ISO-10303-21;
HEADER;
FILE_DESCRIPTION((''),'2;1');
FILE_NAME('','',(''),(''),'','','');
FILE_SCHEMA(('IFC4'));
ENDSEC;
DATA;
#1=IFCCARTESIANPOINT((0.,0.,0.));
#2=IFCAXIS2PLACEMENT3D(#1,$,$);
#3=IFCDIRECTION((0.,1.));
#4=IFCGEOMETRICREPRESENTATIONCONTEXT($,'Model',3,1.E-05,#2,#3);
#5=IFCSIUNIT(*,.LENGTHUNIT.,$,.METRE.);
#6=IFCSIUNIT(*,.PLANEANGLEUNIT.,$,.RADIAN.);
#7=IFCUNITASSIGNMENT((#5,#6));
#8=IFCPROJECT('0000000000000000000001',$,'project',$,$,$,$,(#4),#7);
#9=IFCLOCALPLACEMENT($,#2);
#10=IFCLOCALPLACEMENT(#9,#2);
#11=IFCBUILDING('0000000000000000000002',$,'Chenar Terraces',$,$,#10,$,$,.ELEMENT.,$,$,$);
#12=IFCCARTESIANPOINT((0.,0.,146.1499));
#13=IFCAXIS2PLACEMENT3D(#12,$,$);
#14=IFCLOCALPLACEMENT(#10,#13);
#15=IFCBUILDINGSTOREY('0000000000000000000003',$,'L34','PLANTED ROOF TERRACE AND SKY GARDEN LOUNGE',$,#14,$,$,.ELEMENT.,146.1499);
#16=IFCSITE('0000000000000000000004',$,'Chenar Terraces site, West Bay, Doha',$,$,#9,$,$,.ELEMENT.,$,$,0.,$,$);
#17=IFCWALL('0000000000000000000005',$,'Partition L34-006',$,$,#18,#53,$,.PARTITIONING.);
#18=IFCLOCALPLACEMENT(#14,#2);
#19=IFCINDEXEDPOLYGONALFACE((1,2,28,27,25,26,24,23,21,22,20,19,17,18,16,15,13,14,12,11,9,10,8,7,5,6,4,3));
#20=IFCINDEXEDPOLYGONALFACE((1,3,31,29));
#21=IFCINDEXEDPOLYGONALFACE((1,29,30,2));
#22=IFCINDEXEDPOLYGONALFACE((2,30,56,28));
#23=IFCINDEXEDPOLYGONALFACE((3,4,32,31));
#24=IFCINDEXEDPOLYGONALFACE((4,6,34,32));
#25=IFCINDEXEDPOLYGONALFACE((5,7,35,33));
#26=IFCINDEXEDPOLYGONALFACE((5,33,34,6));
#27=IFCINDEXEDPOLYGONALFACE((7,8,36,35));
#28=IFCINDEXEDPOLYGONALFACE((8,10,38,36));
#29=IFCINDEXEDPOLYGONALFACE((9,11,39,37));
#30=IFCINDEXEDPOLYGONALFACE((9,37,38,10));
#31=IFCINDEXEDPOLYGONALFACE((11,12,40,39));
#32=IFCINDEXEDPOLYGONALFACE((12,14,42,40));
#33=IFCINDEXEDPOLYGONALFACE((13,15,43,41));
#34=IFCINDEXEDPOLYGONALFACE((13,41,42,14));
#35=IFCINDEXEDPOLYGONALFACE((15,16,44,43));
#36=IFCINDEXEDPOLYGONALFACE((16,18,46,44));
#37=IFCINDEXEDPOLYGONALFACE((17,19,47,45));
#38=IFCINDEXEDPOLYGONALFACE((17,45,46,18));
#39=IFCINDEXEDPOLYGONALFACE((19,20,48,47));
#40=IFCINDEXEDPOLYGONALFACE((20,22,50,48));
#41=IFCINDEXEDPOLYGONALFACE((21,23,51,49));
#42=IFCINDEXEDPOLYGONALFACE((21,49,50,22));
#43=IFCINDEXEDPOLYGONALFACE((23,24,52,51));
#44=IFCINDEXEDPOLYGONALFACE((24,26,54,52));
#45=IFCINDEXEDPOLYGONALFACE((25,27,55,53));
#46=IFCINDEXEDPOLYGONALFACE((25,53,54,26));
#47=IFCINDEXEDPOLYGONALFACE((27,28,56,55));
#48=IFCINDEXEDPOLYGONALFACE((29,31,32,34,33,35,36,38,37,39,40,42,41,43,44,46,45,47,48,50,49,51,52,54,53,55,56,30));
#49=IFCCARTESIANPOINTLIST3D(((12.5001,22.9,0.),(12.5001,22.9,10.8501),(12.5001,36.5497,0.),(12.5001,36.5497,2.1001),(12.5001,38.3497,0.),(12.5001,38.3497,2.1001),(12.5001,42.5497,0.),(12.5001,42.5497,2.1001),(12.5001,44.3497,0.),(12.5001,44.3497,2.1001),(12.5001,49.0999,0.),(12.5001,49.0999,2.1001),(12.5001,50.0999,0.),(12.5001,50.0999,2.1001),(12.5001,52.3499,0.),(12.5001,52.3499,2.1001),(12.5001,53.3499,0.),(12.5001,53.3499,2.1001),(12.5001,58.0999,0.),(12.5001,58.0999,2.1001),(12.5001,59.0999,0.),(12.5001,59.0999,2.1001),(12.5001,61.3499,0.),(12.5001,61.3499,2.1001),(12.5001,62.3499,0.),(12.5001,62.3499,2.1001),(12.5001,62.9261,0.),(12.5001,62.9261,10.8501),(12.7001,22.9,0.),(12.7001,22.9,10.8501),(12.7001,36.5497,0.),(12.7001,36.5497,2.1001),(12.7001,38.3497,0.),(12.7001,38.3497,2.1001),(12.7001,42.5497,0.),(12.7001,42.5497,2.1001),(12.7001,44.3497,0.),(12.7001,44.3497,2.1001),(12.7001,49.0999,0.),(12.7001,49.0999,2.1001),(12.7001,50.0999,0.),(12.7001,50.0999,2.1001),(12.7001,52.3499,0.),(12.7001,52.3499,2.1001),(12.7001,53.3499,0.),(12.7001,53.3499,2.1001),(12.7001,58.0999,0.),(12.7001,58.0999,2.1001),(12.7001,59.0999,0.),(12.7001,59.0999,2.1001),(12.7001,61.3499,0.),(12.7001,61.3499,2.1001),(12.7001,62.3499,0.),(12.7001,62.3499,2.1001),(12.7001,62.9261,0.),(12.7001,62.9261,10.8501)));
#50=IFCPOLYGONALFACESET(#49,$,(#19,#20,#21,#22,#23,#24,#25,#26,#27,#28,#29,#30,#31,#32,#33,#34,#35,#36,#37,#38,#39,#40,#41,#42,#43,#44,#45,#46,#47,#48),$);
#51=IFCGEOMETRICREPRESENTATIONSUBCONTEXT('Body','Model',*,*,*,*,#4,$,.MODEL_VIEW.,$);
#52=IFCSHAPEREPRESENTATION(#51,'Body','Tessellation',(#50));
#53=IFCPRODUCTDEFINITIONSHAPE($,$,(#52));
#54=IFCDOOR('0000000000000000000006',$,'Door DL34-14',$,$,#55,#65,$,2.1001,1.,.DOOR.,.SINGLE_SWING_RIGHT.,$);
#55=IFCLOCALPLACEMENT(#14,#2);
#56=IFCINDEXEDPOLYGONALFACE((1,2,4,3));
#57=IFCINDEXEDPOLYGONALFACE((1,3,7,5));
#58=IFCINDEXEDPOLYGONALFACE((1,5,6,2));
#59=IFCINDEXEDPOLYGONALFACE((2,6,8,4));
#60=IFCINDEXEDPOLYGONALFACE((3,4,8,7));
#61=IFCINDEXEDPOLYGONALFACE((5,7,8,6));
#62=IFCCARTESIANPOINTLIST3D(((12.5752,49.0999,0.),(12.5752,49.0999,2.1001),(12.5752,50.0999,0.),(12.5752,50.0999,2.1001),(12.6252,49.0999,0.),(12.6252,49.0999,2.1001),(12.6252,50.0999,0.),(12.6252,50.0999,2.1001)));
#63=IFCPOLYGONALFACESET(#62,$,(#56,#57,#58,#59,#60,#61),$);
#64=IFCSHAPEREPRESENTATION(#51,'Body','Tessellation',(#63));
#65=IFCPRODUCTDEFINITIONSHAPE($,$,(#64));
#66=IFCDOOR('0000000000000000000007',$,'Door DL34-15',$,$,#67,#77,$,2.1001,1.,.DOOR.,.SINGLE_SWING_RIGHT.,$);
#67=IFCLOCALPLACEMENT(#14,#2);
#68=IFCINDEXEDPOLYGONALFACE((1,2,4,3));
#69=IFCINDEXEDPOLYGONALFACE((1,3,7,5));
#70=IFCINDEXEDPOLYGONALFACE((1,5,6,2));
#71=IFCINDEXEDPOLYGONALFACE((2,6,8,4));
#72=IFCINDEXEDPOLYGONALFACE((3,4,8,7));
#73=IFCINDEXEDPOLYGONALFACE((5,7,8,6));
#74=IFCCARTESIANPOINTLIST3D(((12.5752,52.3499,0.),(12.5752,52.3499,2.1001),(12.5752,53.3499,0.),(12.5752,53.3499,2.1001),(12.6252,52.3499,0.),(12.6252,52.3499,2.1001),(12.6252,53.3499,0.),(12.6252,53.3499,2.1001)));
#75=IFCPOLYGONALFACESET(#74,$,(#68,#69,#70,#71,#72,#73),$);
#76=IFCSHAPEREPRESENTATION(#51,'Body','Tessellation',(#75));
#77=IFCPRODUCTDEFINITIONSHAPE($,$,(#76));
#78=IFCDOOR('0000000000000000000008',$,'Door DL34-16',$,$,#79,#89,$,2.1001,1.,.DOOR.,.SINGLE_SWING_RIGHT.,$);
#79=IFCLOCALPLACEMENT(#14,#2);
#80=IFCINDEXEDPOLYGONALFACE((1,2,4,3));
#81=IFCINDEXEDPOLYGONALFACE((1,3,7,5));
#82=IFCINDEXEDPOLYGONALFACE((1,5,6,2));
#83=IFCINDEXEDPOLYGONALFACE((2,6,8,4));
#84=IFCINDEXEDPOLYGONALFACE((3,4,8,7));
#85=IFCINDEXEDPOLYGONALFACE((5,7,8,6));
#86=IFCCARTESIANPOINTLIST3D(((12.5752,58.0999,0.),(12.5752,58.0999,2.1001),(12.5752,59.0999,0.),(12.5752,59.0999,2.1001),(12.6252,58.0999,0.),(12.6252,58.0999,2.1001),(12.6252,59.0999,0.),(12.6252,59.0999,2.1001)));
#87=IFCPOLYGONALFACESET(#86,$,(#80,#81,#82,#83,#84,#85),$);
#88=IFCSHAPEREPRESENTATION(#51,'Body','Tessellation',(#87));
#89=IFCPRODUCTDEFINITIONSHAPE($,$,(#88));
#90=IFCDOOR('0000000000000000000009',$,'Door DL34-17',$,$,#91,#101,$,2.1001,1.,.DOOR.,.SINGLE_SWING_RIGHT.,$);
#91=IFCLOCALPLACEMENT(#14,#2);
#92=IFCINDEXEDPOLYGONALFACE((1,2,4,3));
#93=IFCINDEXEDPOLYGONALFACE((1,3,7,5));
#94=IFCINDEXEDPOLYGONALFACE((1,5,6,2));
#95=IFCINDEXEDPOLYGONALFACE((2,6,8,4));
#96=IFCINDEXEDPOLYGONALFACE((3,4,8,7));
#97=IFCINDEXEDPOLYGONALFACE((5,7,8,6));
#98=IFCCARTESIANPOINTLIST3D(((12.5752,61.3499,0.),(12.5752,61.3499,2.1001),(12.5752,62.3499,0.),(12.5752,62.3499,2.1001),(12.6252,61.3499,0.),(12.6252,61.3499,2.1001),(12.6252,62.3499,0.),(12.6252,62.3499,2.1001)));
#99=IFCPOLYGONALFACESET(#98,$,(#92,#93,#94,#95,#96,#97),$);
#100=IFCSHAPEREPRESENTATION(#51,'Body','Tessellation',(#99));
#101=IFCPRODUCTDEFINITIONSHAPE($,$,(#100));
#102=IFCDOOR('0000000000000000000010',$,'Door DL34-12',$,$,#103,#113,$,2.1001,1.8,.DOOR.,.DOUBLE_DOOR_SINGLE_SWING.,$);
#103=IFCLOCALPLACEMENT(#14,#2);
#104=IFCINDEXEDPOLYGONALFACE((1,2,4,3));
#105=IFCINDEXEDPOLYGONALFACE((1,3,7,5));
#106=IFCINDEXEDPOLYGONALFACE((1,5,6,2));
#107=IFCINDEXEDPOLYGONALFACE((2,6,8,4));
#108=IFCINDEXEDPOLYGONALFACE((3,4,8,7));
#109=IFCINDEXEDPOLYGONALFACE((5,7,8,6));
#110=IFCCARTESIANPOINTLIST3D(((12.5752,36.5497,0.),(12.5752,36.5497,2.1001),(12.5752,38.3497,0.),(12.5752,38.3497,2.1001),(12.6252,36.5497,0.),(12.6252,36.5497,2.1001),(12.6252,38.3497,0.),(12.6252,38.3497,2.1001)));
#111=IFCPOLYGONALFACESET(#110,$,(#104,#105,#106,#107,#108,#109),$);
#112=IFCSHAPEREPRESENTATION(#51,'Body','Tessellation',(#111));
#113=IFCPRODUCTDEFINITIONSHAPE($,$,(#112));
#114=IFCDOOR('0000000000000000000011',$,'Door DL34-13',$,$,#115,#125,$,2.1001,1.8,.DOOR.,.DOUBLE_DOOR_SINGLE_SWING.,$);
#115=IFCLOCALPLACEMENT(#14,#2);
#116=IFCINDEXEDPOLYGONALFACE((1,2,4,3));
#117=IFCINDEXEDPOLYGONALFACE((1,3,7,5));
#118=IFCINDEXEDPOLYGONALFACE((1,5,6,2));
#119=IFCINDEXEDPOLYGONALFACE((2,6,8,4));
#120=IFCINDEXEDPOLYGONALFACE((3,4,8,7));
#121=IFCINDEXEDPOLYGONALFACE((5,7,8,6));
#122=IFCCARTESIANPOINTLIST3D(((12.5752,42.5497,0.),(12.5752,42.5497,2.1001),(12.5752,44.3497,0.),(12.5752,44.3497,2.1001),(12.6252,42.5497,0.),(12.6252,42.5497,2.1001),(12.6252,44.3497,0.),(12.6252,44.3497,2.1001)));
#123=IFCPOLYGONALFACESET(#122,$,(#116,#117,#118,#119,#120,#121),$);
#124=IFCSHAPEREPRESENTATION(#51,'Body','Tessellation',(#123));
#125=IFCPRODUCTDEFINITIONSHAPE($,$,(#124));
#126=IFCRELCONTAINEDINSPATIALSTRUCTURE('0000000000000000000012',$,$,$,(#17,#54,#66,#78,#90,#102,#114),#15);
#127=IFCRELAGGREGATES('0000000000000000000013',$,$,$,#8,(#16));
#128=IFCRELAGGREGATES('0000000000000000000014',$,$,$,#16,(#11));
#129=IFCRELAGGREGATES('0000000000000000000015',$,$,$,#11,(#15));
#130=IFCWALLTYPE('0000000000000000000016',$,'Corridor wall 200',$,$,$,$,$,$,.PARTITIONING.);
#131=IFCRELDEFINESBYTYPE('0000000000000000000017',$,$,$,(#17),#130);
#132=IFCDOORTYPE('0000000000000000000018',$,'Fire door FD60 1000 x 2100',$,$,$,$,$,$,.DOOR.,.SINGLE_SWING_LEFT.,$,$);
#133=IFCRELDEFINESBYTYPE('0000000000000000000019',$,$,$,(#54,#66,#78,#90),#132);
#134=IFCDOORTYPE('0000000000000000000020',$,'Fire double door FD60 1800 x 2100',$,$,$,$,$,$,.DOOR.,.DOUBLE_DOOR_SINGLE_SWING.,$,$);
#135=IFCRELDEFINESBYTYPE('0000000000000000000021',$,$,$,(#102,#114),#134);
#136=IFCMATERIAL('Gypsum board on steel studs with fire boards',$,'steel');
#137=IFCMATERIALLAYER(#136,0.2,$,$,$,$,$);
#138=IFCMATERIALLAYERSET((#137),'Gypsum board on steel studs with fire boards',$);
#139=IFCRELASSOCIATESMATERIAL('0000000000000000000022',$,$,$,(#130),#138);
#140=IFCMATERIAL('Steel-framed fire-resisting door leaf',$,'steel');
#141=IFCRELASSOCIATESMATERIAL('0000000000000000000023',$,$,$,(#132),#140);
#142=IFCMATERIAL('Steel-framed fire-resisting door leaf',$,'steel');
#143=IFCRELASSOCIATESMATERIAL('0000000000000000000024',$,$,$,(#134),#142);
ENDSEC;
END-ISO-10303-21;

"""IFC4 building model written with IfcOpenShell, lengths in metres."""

from ifc_helpers import new_model, si_unit, direction, frame, frame_2d, origin, place, context, subcontext, project, spatial, rectangle, extrude, material, layer, layer_set, type_object, element, fill, save


model = new_model("IFC4")

# Units and contexts
model_context = context("Model", 3, precision=1e-05, world=origin(), true_north=direction((0.0, 1.0)))
body_context = subcontext(model_context, "Body", "Model", "MODEL_VIEW")
ifc_project = project(units=[si_unit("LENGTHUNIT", "METRE"), si_unit("PLANEANGLEUNIT", "RADIAN")], contexts=[model_context])

# Site, building, storey
site_placement = place(None, origin())
site = spatial("IfcSite", under=ifc_project, at=site_placement, Name="Chenar Terraces site, West Bay, Doha", CompositionType="ELEMENT", RefElevation=0.0)
building_placement = place(site_placement, origin())
building = spatial("IfcBuilding", under=site, at=building_placement, Name="Chenar Terraces", CompositionType="ELEMENT")
storey_placement = place(building_placement, frame((0.0, 0.0, 146.1499)))
storey = spatial("IfcBuildingStorey", under=building, at=storey_placement, Name="L34", Description="PLANTED ROOF TERRACE AND SKY GARDEN LOUNGE", CompositionType="ELEMENT", Elevation=146.1499)

# Wall, openings, doors
ifc_material_1 = material(Name="Gypsum board on steel studs with fire boards", Category="steel")
ifc_layer_1 = layer(ifc_material_1, 0.2)
ifc_layer_set_1 = layer_set([ifc_layer_1], Name="Gypsum board on steel studs with fire boards")
wall_type_1 = type_object("IfcWallType", Name="Corridor wall 200", PredefinedType="PARTITIONING", material=ifc_layer_set_1)
wall_1_placement = place(storey_placement, frame((12.6001, 22.8999, 0.0), z_axis=(0.0, 0.0, 1.0), x_axis=(0.0, 1.0, 0.0)))
wall_1 = element("IfcWall", 1, at=wall_1_placement, inside=storey, type_object=wall_type_1, Name="Partition L34-006", PredefinedType="PARTITIONING", context=body_context, shape_type="SweptSolid", body=[
    extrude(rectangle(XDim=40.0261, YDim=0.2, at=frame_2d((20.0132, 0.0))), origin(), (0.0, 0.0, 1.0), 10.8501),
])
opening_1_placement = place(wall_1_placement, frame((13.6499, 0.0, 0.0)))
opening_1 = element("IfcOpeningElement", 2, at=opening_1_placement, cuts=wall_1, PredefinedType="OPENING", context=body_context, shape_type="SweptSolid", body=[
    extrude(rectangle(XDim=1.8, YDim=2.1001, at=frame_2d((0.8999, 1.05))), frame((0.0, 0.1099, 0.0), z_axis=(0.0, -1.0, 0.0), x_axis=(1.0, 0.0, 0.0)), (0.0, 0.0, 1.0), 0.22),
])
opening_2_placement = place(wall_1_placement, frame((19.6499, 0.0, 0.0)))
opening_2 = element("IfcOpeningElement", 3, at=opening_2_placement, cuts=wall_1, PredefinedType="OPENING", context=body_context, shape_type="SweptSolid", body=[
    extrude(rectangle(XDim=1.8, YDim=2.1001, at=frame_2d((0.8999, 1.05))), frame((0.0, 0.1099, 0.0), z_axis=(0.0, -1.0, 0.0), x_axis=(1.0, 0.0, 0.0)), (0.0, 0.0, 1.0), 0.22),
])
opening_3_placement = place(wall_1_placement, frame((26.2, 0.0, 0.0)))
opening_3 = element("IfcOpeningElement", 4, at=opening_3_placement, cuts=wall_1, PredefinedType="OPENING", context=body_context, shape_type="SweptSolid", body=[
    extrude(rectangle(XDim=1.0, YDim=2.1001, at=frame_2d((0.5, 1.05))), frame((0.0, 0.1099, 0.0), z_axis=(0.0, -1.0, 0.0), x_axis=(1.0, 0.0, 0.0)), (0.0, 0.0, 1.0), 0.22),
])
opening_4_placement = place(wall_1_placement, frame((29.45, 0.0, 0.0)))
opening_4 = element("IfcOpeningElement", 5, at=opening_4_placement, cuts=wall_1, PredefinedType="OPENING", context=body_context, shape_type="SweptSolid", body=[
    extrude(rectangle(XDim=1.0, YDim=2.1001, at=frame_2d((0.5, 1.05))), frame((0.0, 0.1099, 0.0), z_axis=(0.0, -1.0, 0.0), x_axis=(1.0, 0.0, 0.0)), (0.0, 0.0, 1.0), 0.22),
])
opening_5_placement = place(wall_1_placement, frame((35.2, 0.0, 0.0)))
opening_5 = element("IfcOpeningElement", 6, at=opening_5_placement, cuts=wall_1, PredefinedType="OPENING", context=body_context, shape_type="SweptSolid", body=[
    extrude(rectangle(XDim=1.0, YDim=2.1001, at=frame_2d((0.5, 1.05))), frame((0.0, 0.1099, 0.0), z_axis=(0.0, -1.0, 0.0), x_axis=(1.0, 0.0, 0.0)), (0.0, 0.0, 1.0), 0.22),
])
opening_6_placement = place(wall_1_placement, frame((38.45, 0.0, 0.0)))
opening_6 = element("IfcOpeningElement", 7, at=opening_6_placement, cuts=wall_1, PredefinedType="OPENING", context=body_context, shape_type="SweptSolid", body=[
    extrude(rectangle(XDim=1.0, YDim=2.1001, at=frame_2d((0.5, 1.05))), frame((0.0, 0.1099, 0.0), z_axis=(0.0, -1.0, 0.0), x_axis=(1.0, 0.0, 0.0)), (0.0, 0.0, 1.0), 0.22),
])
ifc_material_2 = material(Name="Steel-framed fire-resisting door leaf", Category="steel")
door_type_1 = type_object("IfcDoorType", Name="Fire door FD60 1000 x 2100", OperationType="SINGLE_SWING_LEFT", PredefinedType="DOOR", material=ifc_material_2)
door_1_placement = place(opening_3_placement, origin())
door_1 = element("IfcDoor", 8, at=door_1_placement, inside=storey, type_object=door_type_1, Name="Door DL34-14", OperationType="SINGLE_SWING_RIGHT", OverallHeight=2.1001, OverallWidth=1.0, PredefinedType="DOOR", context=body_context, shape_type="SweptSolid", body=[
    extrude(rectangle(XDim=1.0, YDim=2.1001, at=frame_2d((0.5, 1.05))), frame((0.0, 0.0249, 0.0), z_axis=(0.0, -1.0, 0.0), x_axis=(1.0, 0.0, 0.0)), (0.0, 0.0, 1.0), 0.05),
])
fill(opening_3, door_1)
door_2_placement = place(opening_4_placement, origin())
door_2 = element("IfcDoor", 9, at=door_2_placement, inside=storey, type_object=door_type_1, Name="Door DL34-15", OperationType="SINGLE_SWING_RIGHT", OverallHeight=2.1001, OverallWidth=1.0, PredefinedType="DOOR", context=body_context, shape_type="SweptSolid", body=[
    extrude(rectangle(XDim=1.0, YDim=2.1001, at=frame_2d((0.5, 1.05))), frame((0.0, 0.0249, 0.0), z_axis=(0.0, -1.0, 0.0), x_axis=(1.0, 0.0, 0.0)), (0.0, 0.0, 1.0), 0.05),
])
fill(opening_4, door_2)
door_3_placement = place(opening_5_placement, origin())
door_3 = element("IfcDoor", 10, at=door_3_placement, inside=storey, type_object=door_type_1, Name="Door DL34-16", OperationType="SINGLE_SWING_RIGHT", OverallHeight=2.1001, OverallWidth=1.0, PredefinedType="DOOR", context=body_context, shape_type="SweptSolid", body=[
    extrude(rectangle(XDim=1.0, YDim=2.1001, at=frame_2d((0.5, 1.05))), frame((0.0, 0.0249, 0.0), z_axis=(0.0, -1.0, 0.0), x_axis=(1.0, 0.0, 0.0)), (0.0, 0.0, 1.0), 0.05),
])
fill(opening_5, door_3)
door_4_placement = place(opening_6_placement, origin())
door_4 = element("IfcDoor", 11, at=door_4_placement, inside=storey, type_object=door_type_1, Name="Door DL34-17", OperationType="SINGLE_SWING_RIGHT", OverallHeight=2.1001, OverallWidth=1.0, PredefinedType="DOOR", context=body_context, shape_type="SweptSolid", body=[
    extrude(rectangle(XDim=1.0, YDim=2.1001, at=frame_2d((0.5, 1.05))), frame((0.0, 0.0249, 0.0), z_axis=(0.0, -1.0, 0.0), x_axis=(1.0, 0.0, 0.0)), (0.0, 0.0, 1.0), 0.05),
])
fill(opening_6, door_4)
ifc_material_3 = material(Name="Steel-framed fire-resisting door leaf", Category="steel")
door_type_2 = type_object("IfcDoorType", Name="Fire double door FD60 1800 x 2100", OperationType="DOUBLE_DOOR_SINGLE_SWING", PredefinedType="DOOR", material=ifc_material_3)
door_5_placement = place(opening_1_placement, origin())
door_5 = element("IfcDoor", 12, at=door_5_placement, inside=storey, type_object=door_type_2, Name="Door DL34-12", OperationType="DOUBLE_DOOR_SINGLE_SWING", OverallHeight=2.1001, OverallWidth=1.8, PredefinedType="DOOR", context=body_context, shape_type="SweptSolid", body=[
    extrude(rectangle(XDim=1.8, YDim=2.1001, at=frame_2d((0.8999, 1.05))), frame((0.0, 0.0249, 0.0), z_axis=(0.0, -1.0, 0.0), x_axis=(1.0, 0.0, 0.0)), (0.0, 0.0, 1.0), 0.05),
])
fill(opening_1, door_5)
door_6_placement = place(opening_2_placement, origin())
door_6 = element("IfcDoor", 13, at=door_6_placement, inside=storey, type_object=door_type_2, Name="Door DL34-13", OperationType="DOUBLE_DOOR_SINGLE_SWING", OverallHeight=2.1001, OverallWidth=1.8, PredefinedType="DOOR", context=body_context, shape_type="SweptSolid", body=[
    extrude(rectangle(XDim=1.8, YDim=2.1001, at=frame_2d((0.8999, 1.05))), frame((0.0, 0.0249, 0.0), z_axis=(0.0, -1.0, 0.0), x_axis=(1.0, 0.0, 0.0)), (0.0, 0.0, 1.0), 0.05),
])
fill(opening_2, door_6)

save(model, "model.ifc")
